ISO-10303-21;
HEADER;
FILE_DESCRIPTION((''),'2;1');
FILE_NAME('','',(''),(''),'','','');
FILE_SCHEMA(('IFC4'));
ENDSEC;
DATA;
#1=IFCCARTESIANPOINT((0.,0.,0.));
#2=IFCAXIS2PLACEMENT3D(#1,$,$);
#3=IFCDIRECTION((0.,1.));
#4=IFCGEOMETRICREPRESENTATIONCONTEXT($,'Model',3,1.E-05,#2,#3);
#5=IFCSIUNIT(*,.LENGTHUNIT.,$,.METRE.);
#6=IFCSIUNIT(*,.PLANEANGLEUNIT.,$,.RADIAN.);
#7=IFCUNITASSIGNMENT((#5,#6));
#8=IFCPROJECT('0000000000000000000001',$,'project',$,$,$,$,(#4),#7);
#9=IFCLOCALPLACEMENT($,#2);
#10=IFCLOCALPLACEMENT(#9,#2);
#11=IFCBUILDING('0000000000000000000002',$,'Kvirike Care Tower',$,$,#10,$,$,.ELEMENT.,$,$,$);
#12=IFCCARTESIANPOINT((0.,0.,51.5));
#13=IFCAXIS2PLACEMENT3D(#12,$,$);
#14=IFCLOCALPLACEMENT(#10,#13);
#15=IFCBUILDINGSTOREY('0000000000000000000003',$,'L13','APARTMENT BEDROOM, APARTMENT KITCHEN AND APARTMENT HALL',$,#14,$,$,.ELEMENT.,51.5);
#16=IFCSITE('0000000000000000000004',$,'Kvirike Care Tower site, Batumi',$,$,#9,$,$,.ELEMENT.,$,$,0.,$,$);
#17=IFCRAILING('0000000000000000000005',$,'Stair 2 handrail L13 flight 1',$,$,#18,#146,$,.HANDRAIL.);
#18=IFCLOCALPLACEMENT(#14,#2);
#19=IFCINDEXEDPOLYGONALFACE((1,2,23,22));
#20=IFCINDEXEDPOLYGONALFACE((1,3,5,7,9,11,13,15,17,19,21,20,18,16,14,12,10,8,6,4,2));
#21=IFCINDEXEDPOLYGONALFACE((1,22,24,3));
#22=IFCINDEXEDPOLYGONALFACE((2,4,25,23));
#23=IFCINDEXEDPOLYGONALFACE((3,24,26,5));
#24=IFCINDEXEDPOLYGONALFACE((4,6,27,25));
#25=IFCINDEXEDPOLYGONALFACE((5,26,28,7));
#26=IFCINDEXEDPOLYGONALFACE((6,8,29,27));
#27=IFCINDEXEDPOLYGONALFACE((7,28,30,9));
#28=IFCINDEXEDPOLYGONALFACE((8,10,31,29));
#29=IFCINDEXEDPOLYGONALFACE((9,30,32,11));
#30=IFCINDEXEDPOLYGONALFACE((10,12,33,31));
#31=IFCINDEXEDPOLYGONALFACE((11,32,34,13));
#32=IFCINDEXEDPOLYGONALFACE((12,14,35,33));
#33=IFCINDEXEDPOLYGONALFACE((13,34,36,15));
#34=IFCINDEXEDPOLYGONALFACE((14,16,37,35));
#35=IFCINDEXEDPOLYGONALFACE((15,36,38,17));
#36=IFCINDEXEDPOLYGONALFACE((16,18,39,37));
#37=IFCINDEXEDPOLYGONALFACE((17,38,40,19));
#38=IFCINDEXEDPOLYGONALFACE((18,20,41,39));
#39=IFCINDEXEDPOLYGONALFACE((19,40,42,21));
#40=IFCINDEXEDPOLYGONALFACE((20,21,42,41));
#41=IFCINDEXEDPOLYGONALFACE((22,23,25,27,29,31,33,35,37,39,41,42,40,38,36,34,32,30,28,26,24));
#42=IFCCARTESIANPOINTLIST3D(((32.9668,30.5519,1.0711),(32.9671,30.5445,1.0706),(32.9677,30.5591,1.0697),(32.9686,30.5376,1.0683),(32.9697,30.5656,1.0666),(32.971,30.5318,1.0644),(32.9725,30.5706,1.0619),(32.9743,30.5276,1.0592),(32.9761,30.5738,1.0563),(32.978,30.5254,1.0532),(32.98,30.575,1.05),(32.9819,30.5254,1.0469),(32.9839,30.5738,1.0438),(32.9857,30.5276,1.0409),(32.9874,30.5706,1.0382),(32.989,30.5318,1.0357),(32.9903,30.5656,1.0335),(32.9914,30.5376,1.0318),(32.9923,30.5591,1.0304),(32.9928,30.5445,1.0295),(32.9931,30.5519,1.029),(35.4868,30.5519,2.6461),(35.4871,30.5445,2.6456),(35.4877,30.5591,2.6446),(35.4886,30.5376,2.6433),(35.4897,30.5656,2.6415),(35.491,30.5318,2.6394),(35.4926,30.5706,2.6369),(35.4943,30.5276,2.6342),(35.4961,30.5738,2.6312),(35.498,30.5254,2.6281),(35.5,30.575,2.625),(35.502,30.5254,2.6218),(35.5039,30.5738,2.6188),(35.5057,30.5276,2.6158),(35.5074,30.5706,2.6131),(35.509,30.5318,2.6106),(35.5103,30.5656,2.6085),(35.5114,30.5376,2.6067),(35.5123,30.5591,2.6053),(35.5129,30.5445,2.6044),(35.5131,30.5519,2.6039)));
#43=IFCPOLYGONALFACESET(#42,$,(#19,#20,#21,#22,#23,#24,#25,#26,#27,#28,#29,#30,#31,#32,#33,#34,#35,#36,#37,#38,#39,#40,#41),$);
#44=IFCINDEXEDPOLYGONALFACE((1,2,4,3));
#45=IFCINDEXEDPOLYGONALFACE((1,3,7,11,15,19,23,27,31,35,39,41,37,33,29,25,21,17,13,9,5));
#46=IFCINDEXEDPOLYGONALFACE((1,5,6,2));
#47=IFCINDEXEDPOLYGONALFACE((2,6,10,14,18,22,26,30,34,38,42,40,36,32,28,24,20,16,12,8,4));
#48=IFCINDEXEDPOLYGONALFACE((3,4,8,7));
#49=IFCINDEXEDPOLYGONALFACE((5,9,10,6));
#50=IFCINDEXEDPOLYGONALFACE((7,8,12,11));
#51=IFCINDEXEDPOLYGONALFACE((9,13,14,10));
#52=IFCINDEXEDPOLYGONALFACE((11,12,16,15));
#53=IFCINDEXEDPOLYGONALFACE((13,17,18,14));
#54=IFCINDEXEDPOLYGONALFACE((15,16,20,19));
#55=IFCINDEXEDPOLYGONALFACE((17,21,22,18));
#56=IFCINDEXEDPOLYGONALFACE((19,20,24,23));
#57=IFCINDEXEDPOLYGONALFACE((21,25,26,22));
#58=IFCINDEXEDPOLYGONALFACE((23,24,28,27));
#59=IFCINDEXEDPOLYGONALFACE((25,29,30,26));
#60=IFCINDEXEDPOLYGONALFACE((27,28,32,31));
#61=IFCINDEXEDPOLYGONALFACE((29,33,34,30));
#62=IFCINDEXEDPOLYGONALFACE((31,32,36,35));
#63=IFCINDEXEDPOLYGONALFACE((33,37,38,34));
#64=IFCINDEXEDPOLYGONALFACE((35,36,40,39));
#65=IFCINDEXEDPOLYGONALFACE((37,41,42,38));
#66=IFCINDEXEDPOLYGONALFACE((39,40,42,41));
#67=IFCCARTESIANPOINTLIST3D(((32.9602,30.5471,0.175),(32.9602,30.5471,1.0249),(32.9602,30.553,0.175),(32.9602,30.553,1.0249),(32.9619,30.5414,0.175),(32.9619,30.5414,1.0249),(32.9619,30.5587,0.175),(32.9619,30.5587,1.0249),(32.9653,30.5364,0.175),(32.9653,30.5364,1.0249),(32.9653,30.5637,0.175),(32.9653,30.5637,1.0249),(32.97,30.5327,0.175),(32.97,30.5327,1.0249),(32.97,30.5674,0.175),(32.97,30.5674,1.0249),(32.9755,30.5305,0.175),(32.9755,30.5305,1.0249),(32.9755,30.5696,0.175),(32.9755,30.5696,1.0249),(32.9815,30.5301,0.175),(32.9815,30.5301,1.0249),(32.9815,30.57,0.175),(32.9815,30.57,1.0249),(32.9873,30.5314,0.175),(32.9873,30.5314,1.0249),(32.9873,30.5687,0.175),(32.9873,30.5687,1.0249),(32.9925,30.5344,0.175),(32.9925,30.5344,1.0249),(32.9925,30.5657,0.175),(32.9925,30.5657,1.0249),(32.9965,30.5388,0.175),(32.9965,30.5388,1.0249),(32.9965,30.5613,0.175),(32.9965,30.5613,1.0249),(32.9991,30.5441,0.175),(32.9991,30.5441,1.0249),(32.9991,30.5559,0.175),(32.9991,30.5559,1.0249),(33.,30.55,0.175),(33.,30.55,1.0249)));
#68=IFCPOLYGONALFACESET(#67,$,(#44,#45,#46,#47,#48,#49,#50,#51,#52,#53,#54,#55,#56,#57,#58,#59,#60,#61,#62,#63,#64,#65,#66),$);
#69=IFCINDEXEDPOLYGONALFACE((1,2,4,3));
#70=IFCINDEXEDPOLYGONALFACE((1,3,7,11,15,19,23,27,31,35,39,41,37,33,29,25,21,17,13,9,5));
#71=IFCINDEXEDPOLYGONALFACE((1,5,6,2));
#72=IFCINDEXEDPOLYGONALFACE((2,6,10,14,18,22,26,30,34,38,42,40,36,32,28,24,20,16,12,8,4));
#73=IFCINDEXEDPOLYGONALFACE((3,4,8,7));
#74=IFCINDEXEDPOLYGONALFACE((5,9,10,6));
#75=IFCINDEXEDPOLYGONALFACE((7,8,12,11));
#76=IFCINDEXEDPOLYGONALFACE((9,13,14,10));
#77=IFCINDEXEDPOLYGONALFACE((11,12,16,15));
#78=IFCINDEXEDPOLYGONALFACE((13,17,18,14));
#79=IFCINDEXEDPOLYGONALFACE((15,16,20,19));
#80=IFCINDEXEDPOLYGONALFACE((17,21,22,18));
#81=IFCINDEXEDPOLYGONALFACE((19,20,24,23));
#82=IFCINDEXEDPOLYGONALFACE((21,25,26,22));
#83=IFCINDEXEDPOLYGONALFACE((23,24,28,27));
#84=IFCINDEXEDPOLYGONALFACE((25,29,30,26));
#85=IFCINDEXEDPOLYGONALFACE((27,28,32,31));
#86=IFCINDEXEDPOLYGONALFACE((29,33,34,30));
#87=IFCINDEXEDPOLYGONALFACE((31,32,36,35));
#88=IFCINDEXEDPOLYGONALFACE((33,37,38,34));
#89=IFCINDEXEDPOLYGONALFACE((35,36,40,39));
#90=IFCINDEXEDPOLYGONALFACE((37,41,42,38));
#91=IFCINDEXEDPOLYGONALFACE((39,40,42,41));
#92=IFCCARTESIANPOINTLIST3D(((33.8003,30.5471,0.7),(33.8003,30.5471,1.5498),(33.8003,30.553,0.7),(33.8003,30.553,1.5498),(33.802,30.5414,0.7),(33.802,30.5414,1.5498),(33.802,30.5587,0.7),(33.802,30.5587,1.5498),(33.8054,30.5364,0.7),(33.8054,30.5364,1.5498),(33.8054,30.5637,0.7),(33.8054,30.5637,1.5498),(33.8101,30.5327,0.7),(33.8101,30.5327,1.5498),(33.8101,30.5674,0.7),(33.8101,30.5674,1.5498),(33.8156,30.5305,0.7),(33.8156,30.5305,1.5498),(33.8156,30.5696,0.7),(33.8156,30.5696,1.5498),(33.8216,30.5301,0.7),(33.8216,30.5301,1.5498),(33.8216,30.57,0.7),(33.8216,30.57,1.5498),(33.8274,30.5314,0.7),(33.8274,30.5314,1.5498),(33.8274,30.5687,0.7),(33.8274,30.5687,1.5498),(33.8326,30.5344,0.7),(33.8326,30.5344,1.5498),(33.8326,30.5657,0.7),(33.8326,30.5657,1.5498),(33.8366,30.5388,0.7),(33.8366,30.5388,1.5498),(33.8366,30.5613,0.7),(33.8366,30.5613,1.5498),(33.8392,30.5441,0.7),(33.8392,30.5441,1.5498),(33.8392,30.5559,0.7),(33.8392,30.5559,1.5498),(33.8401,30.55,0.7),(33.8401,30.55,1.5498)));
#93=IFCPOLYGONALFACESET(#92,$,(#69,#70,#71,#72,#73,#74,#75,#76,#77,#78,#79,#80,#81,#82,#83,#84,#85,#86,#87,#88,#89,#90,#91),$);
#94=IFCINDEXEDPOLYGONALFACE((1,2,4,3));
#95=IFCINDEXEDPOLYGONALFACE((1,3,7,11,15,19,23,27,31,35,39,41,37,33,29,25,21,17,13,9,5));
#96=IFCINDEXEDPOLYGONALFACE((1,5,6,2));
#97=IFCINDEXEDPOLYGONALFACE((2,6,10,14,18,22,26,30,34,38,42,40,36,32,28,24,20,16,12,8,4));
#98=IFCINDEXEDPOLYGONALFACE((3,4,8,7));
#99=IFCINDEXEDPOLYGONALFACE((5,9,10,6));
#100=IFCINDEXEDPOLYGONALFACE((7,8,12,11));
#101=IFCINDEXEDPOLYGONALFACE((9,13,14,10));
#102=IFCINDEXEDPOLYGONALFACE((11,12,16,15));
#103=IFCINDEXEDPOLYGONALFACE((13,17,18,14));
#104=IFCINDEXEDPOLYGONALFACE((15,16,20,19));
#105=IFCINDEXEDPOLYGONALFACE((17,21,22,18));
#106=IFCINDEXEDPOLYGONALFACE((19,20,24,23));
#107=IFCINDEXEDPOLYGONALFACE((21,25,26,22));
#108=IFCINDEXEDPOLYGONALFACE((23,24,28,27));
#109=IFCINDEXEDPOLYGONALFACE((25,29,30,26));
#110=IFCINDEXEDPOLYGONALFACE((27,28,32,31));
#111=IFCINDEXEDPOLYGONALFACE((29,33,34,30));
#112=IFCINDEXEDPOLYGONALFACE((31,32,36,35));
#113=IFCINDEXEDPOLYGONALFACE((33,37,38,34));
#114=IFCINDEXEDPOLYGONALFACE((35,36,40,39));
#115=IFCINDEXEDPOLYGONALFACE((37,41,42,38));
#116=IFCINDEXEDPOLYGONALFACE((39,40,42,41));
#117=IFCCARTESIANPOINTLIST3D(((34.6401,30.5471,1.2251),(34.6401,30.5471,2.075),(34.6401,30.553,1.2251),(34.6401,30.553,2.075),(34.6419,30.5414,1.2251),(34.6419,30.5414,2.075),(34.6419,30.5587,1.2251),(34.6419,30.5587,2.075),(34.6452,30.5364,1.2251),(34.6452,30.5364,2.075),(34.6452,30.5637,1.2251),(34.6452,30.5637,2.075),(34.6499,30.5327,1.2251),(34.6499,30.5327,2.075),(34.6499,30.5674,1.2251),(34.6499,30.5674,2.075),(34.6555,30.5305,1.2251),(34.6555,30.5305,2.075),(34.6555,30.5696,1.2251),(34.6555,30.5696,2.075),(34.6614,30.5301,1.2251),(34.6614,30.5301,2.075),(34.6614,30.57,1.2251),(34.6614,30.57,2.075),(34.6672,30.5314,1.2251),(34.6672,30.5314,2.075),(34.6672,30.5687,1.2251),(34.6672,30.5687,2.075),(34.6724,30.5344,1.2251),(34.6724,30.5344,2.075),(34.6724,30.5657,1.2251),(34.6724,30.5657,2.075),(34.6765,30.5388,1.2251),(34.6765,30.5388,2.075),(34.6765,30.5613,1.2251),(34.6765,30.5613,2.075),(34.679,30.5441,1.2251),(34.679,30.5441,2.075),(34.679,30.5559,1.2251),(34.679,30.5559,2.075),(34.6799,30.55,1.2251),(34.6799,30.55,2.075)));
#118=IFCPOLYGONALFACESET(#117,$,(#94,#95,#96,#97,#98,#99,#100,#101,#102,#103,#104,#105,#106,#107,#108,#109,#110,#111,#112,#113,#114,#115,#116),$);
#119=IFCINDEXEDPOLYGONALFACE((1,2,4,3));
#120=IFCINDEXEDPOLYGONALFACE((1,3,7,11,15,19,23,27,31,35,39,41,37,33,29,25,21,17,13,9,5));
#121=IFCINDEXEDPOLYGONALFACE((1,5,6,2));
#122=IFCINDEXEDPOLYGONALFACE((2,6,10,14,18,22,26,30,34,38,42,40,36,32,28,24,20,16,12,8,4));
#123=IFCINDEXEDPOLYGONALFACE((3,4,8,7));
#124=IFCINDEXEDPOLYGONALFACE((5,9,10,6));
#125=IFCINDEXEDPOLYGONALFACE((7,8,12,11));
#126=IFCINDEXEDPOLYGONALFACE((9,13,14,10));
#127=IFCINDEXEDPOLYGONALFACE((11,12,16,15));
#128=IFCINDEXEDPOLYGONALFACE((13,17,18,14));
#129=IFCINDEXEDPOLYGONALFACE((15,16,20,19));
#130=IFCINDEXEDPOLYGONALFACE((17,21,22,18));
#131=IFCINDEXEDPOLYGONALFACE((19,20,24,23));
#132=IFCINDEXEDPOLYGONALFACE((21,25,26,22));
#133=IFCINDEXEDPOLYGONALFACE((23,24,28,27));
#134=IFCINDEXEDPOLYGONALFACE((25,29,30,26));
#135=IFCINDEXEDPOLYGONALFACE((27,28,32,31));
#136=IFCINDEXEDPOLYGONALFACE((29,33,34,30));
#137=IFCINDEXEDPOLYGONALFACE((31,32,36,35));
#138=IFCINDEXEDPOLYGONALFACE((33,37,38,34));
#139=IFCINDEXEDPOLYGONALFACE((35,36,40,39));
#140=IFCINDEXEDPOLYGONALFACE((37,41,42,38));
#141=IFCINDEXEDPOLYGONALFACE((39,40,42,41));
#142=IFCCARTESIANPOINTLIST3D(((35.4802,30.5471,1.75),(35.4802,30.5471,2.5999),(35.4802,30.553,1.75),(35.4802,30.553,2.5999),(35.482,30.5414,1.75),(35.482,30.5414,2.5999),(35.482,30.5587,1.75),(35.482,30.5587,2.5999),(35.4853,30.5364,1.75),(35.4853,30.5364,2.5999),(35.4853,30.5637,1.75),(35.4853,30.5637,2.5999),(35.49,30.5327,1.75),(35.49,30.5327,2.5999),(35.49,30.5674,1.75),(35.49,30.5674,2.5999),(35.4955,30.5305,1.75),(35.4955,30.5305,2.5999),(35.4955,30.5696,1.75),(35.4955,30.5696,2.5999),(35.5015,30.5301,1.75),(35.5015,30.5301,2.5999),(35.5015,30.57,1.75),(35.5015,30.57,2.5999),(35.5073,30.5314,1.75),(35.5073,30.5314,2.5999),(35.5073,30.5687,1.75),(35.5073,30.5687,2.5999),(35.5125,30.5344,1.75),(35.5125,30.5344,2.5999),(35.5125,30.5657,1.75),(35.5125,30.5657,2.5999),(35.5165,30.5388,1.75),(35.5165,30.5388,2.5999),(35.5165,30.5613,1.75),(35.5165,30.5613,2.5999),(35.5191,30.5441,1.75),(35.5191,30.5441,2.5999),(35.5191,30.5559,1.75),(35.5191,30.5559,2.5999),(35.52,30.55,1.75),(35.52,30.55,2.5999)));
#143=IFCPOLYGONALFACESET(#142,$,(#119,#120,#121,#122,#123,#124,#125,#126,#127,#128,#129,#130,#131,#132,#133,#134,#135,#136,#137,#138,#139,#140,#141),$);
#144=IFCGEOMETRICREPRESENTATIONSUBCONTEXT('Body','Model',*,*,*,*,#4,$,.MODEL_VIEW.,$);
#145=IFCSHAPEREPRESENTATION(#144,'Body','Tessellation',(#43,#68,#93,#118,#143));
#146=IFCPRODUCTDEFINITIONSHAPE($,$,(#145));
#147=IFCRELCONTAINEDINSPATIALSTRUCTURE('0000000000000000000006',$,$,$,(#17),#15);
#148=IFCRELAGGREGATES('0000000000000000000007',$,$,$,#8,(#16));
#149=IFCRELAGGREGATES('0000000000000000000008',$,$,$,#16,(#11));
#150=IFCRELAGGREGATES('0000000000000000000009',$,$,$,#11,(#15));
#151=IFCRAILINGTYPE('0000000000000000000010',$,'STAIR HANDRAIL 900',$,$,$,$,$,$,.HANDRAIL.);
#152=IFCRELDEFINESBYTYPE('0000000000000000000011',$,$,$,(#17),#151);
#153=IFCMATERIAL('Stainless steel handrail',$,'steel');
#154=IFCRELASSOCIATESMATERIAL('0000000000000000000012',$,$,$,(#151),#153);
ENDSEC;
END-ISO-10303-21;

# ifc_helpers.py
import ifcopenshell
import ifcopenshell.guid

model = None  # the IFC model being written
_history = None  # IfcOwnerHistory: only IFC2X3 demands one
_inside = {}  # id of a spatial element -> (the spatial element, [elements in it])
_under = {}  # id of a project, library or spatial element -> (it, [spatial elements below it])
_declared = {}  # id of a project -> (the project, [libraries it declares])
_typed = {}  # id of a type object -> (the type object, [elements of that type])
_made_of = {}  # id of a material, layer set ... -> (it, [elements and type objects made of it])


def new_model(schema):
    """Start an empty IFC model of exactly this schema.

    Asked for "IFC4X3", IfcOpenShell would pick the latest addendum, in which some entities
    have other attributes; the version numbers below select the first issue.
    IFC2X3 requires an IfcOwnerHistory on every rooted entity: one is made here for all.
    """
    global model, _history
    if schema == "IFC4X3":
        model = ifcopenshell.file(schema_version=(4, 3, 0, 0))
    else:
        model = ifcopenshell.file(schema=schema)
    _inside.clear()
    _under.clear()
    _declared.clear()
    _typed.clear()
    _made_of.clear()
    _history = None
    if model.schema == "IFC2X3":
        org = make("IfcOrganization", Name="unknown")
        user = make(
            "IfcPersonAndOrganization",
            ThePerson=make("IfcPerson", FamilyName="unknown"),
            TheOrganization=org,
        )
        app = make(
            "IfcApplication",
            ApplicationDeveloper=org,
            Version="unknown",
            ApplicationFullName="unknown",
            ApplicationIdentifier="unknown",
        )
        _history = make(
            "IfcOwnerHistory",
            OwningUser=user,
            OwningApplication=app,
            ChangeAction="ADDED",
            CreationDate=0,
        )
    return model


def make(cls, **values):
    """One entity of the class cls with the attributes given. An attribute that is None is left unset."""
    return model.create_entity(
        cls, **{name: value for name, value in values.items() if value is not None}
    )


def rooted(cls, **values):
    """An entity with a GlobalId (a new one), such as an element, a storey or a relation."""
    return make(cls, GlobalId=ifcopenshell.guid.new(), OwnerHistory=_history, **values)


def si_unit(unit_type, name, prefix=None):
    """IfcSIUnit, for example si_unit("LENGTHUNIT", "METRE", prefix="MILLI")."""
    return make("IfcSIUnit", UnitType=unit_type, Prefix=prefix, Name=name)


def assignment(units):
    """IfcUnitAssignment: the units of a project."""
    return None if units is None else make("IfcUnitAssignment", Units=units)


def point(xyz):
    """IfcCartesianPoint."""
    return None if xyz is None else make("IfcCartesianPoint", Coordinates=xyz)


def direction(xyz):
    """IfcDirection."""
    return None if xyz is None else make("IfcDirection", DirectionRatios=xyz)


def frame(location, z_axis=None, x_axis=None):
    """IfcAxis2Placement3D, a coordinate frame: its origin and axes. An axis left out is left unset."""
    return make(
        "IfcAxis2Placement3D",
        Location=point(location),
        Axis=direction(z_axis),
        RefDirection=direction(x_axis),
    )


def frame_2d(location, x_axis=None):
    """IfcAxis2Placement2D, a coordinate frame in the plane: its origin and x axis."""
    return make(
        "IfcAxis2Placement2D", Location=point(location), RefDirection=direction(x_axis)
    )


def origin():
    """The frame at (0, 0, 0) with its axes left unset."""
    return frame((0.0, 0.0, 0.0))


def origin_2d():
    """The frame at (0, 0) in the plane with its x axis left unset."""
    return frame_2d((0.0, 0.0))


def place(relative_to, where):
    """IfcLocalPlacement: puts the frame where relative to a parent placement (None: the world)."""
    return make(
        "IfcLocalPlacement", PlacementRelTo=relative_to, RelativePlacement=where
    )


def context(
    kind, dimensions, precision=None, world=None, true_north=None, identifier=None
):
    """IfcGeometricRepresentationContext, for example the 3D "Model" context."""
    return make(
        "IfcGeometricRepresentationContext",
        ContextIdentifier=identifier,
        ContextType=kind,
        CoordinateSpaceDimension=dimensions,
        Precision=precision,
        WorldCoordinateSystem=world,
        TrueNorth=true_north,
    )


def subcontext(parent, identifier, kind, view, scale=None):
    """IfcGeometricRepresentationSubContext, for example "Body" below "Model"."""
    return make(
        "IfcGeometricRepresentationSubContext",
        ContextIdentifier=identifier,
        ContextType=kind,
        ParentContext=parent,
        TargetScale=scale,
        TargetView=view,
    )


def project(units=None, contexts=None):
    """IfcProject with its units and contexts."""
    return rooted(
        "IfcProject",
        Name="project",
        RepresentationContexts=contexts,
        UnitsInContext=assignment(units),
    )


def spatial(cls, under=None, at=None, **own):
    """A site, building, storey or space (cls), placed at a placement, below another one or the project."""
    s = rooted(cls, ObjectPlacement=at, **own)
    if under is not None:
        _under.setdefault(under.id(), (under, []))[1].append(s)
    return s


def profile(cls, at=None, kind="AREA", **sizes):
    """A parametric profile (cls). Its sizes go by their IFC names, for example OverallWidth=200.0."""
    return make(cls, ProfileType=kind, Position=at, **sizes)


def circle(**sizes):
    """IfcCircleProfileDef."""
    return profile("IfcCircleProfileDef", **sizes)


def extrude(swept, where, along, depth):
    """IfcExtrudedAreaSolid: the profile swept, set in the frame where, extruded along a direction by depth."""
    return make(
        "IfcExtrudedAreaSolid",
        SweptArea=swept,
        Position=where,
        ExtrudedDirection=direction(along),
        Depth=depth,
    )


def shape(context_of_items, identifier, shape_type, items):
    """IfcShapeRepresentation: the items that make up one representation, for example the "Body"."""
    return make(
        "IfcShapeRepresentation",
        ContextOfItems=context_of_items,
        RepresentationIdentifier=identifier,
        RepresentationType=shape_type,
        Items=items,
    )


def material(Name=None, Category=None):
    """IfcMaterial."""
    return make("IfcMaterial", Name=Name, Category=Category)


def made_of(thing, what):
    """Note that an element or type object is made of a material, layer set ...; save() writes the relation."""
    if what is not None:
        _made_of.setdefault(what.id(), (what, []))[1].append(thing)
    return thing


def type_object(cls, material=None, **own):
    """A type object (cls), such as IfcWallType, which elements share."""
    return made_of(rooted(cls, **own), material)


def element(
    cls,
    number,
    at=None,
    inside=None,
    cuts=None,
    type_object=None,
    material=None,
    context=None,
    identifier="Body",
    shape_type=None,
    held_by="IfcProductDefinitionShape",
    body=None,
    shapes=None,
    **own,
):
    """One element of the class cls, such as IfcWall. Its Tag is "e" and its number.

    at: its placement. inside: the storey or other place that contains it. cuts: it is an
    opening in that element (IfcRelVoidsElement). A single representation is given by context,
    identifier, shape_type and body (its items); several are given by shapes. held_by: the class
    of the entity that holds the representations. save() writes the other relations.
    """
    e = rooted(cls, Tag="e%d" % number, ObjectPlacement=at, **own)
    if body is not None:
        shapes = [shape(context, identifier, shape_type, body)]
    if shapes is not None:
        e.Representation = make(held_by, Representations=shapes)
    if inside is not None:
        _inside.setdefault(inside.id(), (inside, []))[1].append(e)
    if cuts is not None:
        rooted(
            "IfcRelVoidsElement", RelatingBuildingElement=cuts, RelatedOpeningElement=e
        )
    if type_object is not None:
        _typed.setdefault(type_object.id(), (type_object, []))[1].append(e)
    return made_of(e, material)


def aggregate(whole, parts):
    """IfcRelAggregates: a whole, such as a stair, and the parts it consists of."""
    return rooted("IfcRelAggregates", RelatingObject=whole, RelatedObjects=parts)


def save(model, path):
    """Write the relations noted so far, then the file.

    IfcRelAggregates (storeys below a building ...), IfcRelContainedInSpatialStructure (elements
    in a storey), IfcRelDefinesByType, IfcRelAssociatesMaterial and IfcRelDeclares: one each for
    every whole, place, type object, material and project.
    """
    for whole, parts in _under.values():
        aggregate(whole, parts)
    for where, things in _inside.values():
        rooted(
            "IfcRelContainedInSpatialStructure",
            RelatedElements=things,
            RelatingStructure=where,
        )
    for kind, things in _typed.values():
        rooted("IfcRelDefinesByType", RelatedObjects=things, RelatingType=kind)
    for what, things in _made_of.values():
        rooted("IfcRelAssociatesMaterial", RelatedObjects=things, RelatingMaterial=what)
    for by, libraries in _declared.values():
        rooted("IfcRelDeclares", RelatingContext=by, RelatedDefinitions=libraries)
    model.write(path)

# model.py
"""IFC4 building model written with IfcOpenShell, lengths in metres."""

from ifc_helpers import new_model, si_unit, direction, frame, origin, origin_2d, place, context, subcontext, project, spatial, circle, extrude, material, type_object, element, save


model = new_model("IFC4")

# Units and contexts
model_context = context("Model", 3, precision=1e-05, world=origin(), true_north=direction((0.0, 1.0)))
body_context = subcontext(model_context, "Body", "Model", "MODEL_VIEW")
ifc_project = project(units=[si_unit("LENGTHUNIT", "METRE"), si_unit("PLANEANGLEUNIT", "RADIAN")], contexts=[model_context])

# Site, building, storey
site_placement = place(None, origin())
site = spatial("IfcSite", under=ifc_project, at=site_placement, Name="Kvirike Care Tower site, Batumi", CompositionType="ELEMENT", RefElevation=0.0)
building_placement = place(site_placement, origin())
building = spatial("IfcBuilding", under=site, at=building_placement, Name="Kvirike Care Tower", CompositionType="ELEMENT")
storey_placement = place(building_placement, frame((0.0, 0.0, 51.5)))
storey = spatial("IfcBuildingStorey", under=building, at=storey_placement, Name="L13", Description="APARTMENT BEDROOM, APARTMENT KITCHEN AND APARTMENT HALL", CompositionType="ELEMENT", Elevation=51.5)

# Railing
ifc_material_1 = material(Name="Stainless steel handrail", Category="steel")
railing_type = type_object("IfcRailingType", Name="STAIR HANDRAIL 900", PredefinedType="HANDRAIL", material=ifc_material_1)
railing_placement = place(storey_placement, frame((32.98, 30.55, 0.175)))
element("IfcRailing", 1, at=railing_placement, inside=storey, type_object=railing_type, Name="Stair 2 handrail L13 flight 1", PredefinedType="HANDRAIL", context=body_context, shape_type="SweptSolid", body=[
    extrude(circle(Radius=0.0249, at=origin_2d()), frame((0.0, 0.0, 0.875), z_axis=(0.848008, 0.0, 0.529984), x_axis=(0.0, 1.0, 0.0)), (0.0, 0.0, 1.0), 2.9717),
    extrude(circle(Radius=0.02, at=origin_2d()), origin(), (0.0, 0.0, 1.0), 0.8499),
    extrude(circle(Radius=0.02, at=origin_2d()), frame((0.8401, 0.0, 0.5249)), (0.0, 0.0, 1.0), 0.8499),
    extrude(circle(Radius=0.02, at=origin_2d()), frame((1.6799, 0.0, 1.05)), (0.0, 0.0, 1.0), 0.8499),
    extrude(circle(Radius=0.02, at=origin_2d()), frame((2.52, 0.0, 1.575)), (0.0, 0.0, 1.0), 0.8499),
])

save(model, "model.ifc")
